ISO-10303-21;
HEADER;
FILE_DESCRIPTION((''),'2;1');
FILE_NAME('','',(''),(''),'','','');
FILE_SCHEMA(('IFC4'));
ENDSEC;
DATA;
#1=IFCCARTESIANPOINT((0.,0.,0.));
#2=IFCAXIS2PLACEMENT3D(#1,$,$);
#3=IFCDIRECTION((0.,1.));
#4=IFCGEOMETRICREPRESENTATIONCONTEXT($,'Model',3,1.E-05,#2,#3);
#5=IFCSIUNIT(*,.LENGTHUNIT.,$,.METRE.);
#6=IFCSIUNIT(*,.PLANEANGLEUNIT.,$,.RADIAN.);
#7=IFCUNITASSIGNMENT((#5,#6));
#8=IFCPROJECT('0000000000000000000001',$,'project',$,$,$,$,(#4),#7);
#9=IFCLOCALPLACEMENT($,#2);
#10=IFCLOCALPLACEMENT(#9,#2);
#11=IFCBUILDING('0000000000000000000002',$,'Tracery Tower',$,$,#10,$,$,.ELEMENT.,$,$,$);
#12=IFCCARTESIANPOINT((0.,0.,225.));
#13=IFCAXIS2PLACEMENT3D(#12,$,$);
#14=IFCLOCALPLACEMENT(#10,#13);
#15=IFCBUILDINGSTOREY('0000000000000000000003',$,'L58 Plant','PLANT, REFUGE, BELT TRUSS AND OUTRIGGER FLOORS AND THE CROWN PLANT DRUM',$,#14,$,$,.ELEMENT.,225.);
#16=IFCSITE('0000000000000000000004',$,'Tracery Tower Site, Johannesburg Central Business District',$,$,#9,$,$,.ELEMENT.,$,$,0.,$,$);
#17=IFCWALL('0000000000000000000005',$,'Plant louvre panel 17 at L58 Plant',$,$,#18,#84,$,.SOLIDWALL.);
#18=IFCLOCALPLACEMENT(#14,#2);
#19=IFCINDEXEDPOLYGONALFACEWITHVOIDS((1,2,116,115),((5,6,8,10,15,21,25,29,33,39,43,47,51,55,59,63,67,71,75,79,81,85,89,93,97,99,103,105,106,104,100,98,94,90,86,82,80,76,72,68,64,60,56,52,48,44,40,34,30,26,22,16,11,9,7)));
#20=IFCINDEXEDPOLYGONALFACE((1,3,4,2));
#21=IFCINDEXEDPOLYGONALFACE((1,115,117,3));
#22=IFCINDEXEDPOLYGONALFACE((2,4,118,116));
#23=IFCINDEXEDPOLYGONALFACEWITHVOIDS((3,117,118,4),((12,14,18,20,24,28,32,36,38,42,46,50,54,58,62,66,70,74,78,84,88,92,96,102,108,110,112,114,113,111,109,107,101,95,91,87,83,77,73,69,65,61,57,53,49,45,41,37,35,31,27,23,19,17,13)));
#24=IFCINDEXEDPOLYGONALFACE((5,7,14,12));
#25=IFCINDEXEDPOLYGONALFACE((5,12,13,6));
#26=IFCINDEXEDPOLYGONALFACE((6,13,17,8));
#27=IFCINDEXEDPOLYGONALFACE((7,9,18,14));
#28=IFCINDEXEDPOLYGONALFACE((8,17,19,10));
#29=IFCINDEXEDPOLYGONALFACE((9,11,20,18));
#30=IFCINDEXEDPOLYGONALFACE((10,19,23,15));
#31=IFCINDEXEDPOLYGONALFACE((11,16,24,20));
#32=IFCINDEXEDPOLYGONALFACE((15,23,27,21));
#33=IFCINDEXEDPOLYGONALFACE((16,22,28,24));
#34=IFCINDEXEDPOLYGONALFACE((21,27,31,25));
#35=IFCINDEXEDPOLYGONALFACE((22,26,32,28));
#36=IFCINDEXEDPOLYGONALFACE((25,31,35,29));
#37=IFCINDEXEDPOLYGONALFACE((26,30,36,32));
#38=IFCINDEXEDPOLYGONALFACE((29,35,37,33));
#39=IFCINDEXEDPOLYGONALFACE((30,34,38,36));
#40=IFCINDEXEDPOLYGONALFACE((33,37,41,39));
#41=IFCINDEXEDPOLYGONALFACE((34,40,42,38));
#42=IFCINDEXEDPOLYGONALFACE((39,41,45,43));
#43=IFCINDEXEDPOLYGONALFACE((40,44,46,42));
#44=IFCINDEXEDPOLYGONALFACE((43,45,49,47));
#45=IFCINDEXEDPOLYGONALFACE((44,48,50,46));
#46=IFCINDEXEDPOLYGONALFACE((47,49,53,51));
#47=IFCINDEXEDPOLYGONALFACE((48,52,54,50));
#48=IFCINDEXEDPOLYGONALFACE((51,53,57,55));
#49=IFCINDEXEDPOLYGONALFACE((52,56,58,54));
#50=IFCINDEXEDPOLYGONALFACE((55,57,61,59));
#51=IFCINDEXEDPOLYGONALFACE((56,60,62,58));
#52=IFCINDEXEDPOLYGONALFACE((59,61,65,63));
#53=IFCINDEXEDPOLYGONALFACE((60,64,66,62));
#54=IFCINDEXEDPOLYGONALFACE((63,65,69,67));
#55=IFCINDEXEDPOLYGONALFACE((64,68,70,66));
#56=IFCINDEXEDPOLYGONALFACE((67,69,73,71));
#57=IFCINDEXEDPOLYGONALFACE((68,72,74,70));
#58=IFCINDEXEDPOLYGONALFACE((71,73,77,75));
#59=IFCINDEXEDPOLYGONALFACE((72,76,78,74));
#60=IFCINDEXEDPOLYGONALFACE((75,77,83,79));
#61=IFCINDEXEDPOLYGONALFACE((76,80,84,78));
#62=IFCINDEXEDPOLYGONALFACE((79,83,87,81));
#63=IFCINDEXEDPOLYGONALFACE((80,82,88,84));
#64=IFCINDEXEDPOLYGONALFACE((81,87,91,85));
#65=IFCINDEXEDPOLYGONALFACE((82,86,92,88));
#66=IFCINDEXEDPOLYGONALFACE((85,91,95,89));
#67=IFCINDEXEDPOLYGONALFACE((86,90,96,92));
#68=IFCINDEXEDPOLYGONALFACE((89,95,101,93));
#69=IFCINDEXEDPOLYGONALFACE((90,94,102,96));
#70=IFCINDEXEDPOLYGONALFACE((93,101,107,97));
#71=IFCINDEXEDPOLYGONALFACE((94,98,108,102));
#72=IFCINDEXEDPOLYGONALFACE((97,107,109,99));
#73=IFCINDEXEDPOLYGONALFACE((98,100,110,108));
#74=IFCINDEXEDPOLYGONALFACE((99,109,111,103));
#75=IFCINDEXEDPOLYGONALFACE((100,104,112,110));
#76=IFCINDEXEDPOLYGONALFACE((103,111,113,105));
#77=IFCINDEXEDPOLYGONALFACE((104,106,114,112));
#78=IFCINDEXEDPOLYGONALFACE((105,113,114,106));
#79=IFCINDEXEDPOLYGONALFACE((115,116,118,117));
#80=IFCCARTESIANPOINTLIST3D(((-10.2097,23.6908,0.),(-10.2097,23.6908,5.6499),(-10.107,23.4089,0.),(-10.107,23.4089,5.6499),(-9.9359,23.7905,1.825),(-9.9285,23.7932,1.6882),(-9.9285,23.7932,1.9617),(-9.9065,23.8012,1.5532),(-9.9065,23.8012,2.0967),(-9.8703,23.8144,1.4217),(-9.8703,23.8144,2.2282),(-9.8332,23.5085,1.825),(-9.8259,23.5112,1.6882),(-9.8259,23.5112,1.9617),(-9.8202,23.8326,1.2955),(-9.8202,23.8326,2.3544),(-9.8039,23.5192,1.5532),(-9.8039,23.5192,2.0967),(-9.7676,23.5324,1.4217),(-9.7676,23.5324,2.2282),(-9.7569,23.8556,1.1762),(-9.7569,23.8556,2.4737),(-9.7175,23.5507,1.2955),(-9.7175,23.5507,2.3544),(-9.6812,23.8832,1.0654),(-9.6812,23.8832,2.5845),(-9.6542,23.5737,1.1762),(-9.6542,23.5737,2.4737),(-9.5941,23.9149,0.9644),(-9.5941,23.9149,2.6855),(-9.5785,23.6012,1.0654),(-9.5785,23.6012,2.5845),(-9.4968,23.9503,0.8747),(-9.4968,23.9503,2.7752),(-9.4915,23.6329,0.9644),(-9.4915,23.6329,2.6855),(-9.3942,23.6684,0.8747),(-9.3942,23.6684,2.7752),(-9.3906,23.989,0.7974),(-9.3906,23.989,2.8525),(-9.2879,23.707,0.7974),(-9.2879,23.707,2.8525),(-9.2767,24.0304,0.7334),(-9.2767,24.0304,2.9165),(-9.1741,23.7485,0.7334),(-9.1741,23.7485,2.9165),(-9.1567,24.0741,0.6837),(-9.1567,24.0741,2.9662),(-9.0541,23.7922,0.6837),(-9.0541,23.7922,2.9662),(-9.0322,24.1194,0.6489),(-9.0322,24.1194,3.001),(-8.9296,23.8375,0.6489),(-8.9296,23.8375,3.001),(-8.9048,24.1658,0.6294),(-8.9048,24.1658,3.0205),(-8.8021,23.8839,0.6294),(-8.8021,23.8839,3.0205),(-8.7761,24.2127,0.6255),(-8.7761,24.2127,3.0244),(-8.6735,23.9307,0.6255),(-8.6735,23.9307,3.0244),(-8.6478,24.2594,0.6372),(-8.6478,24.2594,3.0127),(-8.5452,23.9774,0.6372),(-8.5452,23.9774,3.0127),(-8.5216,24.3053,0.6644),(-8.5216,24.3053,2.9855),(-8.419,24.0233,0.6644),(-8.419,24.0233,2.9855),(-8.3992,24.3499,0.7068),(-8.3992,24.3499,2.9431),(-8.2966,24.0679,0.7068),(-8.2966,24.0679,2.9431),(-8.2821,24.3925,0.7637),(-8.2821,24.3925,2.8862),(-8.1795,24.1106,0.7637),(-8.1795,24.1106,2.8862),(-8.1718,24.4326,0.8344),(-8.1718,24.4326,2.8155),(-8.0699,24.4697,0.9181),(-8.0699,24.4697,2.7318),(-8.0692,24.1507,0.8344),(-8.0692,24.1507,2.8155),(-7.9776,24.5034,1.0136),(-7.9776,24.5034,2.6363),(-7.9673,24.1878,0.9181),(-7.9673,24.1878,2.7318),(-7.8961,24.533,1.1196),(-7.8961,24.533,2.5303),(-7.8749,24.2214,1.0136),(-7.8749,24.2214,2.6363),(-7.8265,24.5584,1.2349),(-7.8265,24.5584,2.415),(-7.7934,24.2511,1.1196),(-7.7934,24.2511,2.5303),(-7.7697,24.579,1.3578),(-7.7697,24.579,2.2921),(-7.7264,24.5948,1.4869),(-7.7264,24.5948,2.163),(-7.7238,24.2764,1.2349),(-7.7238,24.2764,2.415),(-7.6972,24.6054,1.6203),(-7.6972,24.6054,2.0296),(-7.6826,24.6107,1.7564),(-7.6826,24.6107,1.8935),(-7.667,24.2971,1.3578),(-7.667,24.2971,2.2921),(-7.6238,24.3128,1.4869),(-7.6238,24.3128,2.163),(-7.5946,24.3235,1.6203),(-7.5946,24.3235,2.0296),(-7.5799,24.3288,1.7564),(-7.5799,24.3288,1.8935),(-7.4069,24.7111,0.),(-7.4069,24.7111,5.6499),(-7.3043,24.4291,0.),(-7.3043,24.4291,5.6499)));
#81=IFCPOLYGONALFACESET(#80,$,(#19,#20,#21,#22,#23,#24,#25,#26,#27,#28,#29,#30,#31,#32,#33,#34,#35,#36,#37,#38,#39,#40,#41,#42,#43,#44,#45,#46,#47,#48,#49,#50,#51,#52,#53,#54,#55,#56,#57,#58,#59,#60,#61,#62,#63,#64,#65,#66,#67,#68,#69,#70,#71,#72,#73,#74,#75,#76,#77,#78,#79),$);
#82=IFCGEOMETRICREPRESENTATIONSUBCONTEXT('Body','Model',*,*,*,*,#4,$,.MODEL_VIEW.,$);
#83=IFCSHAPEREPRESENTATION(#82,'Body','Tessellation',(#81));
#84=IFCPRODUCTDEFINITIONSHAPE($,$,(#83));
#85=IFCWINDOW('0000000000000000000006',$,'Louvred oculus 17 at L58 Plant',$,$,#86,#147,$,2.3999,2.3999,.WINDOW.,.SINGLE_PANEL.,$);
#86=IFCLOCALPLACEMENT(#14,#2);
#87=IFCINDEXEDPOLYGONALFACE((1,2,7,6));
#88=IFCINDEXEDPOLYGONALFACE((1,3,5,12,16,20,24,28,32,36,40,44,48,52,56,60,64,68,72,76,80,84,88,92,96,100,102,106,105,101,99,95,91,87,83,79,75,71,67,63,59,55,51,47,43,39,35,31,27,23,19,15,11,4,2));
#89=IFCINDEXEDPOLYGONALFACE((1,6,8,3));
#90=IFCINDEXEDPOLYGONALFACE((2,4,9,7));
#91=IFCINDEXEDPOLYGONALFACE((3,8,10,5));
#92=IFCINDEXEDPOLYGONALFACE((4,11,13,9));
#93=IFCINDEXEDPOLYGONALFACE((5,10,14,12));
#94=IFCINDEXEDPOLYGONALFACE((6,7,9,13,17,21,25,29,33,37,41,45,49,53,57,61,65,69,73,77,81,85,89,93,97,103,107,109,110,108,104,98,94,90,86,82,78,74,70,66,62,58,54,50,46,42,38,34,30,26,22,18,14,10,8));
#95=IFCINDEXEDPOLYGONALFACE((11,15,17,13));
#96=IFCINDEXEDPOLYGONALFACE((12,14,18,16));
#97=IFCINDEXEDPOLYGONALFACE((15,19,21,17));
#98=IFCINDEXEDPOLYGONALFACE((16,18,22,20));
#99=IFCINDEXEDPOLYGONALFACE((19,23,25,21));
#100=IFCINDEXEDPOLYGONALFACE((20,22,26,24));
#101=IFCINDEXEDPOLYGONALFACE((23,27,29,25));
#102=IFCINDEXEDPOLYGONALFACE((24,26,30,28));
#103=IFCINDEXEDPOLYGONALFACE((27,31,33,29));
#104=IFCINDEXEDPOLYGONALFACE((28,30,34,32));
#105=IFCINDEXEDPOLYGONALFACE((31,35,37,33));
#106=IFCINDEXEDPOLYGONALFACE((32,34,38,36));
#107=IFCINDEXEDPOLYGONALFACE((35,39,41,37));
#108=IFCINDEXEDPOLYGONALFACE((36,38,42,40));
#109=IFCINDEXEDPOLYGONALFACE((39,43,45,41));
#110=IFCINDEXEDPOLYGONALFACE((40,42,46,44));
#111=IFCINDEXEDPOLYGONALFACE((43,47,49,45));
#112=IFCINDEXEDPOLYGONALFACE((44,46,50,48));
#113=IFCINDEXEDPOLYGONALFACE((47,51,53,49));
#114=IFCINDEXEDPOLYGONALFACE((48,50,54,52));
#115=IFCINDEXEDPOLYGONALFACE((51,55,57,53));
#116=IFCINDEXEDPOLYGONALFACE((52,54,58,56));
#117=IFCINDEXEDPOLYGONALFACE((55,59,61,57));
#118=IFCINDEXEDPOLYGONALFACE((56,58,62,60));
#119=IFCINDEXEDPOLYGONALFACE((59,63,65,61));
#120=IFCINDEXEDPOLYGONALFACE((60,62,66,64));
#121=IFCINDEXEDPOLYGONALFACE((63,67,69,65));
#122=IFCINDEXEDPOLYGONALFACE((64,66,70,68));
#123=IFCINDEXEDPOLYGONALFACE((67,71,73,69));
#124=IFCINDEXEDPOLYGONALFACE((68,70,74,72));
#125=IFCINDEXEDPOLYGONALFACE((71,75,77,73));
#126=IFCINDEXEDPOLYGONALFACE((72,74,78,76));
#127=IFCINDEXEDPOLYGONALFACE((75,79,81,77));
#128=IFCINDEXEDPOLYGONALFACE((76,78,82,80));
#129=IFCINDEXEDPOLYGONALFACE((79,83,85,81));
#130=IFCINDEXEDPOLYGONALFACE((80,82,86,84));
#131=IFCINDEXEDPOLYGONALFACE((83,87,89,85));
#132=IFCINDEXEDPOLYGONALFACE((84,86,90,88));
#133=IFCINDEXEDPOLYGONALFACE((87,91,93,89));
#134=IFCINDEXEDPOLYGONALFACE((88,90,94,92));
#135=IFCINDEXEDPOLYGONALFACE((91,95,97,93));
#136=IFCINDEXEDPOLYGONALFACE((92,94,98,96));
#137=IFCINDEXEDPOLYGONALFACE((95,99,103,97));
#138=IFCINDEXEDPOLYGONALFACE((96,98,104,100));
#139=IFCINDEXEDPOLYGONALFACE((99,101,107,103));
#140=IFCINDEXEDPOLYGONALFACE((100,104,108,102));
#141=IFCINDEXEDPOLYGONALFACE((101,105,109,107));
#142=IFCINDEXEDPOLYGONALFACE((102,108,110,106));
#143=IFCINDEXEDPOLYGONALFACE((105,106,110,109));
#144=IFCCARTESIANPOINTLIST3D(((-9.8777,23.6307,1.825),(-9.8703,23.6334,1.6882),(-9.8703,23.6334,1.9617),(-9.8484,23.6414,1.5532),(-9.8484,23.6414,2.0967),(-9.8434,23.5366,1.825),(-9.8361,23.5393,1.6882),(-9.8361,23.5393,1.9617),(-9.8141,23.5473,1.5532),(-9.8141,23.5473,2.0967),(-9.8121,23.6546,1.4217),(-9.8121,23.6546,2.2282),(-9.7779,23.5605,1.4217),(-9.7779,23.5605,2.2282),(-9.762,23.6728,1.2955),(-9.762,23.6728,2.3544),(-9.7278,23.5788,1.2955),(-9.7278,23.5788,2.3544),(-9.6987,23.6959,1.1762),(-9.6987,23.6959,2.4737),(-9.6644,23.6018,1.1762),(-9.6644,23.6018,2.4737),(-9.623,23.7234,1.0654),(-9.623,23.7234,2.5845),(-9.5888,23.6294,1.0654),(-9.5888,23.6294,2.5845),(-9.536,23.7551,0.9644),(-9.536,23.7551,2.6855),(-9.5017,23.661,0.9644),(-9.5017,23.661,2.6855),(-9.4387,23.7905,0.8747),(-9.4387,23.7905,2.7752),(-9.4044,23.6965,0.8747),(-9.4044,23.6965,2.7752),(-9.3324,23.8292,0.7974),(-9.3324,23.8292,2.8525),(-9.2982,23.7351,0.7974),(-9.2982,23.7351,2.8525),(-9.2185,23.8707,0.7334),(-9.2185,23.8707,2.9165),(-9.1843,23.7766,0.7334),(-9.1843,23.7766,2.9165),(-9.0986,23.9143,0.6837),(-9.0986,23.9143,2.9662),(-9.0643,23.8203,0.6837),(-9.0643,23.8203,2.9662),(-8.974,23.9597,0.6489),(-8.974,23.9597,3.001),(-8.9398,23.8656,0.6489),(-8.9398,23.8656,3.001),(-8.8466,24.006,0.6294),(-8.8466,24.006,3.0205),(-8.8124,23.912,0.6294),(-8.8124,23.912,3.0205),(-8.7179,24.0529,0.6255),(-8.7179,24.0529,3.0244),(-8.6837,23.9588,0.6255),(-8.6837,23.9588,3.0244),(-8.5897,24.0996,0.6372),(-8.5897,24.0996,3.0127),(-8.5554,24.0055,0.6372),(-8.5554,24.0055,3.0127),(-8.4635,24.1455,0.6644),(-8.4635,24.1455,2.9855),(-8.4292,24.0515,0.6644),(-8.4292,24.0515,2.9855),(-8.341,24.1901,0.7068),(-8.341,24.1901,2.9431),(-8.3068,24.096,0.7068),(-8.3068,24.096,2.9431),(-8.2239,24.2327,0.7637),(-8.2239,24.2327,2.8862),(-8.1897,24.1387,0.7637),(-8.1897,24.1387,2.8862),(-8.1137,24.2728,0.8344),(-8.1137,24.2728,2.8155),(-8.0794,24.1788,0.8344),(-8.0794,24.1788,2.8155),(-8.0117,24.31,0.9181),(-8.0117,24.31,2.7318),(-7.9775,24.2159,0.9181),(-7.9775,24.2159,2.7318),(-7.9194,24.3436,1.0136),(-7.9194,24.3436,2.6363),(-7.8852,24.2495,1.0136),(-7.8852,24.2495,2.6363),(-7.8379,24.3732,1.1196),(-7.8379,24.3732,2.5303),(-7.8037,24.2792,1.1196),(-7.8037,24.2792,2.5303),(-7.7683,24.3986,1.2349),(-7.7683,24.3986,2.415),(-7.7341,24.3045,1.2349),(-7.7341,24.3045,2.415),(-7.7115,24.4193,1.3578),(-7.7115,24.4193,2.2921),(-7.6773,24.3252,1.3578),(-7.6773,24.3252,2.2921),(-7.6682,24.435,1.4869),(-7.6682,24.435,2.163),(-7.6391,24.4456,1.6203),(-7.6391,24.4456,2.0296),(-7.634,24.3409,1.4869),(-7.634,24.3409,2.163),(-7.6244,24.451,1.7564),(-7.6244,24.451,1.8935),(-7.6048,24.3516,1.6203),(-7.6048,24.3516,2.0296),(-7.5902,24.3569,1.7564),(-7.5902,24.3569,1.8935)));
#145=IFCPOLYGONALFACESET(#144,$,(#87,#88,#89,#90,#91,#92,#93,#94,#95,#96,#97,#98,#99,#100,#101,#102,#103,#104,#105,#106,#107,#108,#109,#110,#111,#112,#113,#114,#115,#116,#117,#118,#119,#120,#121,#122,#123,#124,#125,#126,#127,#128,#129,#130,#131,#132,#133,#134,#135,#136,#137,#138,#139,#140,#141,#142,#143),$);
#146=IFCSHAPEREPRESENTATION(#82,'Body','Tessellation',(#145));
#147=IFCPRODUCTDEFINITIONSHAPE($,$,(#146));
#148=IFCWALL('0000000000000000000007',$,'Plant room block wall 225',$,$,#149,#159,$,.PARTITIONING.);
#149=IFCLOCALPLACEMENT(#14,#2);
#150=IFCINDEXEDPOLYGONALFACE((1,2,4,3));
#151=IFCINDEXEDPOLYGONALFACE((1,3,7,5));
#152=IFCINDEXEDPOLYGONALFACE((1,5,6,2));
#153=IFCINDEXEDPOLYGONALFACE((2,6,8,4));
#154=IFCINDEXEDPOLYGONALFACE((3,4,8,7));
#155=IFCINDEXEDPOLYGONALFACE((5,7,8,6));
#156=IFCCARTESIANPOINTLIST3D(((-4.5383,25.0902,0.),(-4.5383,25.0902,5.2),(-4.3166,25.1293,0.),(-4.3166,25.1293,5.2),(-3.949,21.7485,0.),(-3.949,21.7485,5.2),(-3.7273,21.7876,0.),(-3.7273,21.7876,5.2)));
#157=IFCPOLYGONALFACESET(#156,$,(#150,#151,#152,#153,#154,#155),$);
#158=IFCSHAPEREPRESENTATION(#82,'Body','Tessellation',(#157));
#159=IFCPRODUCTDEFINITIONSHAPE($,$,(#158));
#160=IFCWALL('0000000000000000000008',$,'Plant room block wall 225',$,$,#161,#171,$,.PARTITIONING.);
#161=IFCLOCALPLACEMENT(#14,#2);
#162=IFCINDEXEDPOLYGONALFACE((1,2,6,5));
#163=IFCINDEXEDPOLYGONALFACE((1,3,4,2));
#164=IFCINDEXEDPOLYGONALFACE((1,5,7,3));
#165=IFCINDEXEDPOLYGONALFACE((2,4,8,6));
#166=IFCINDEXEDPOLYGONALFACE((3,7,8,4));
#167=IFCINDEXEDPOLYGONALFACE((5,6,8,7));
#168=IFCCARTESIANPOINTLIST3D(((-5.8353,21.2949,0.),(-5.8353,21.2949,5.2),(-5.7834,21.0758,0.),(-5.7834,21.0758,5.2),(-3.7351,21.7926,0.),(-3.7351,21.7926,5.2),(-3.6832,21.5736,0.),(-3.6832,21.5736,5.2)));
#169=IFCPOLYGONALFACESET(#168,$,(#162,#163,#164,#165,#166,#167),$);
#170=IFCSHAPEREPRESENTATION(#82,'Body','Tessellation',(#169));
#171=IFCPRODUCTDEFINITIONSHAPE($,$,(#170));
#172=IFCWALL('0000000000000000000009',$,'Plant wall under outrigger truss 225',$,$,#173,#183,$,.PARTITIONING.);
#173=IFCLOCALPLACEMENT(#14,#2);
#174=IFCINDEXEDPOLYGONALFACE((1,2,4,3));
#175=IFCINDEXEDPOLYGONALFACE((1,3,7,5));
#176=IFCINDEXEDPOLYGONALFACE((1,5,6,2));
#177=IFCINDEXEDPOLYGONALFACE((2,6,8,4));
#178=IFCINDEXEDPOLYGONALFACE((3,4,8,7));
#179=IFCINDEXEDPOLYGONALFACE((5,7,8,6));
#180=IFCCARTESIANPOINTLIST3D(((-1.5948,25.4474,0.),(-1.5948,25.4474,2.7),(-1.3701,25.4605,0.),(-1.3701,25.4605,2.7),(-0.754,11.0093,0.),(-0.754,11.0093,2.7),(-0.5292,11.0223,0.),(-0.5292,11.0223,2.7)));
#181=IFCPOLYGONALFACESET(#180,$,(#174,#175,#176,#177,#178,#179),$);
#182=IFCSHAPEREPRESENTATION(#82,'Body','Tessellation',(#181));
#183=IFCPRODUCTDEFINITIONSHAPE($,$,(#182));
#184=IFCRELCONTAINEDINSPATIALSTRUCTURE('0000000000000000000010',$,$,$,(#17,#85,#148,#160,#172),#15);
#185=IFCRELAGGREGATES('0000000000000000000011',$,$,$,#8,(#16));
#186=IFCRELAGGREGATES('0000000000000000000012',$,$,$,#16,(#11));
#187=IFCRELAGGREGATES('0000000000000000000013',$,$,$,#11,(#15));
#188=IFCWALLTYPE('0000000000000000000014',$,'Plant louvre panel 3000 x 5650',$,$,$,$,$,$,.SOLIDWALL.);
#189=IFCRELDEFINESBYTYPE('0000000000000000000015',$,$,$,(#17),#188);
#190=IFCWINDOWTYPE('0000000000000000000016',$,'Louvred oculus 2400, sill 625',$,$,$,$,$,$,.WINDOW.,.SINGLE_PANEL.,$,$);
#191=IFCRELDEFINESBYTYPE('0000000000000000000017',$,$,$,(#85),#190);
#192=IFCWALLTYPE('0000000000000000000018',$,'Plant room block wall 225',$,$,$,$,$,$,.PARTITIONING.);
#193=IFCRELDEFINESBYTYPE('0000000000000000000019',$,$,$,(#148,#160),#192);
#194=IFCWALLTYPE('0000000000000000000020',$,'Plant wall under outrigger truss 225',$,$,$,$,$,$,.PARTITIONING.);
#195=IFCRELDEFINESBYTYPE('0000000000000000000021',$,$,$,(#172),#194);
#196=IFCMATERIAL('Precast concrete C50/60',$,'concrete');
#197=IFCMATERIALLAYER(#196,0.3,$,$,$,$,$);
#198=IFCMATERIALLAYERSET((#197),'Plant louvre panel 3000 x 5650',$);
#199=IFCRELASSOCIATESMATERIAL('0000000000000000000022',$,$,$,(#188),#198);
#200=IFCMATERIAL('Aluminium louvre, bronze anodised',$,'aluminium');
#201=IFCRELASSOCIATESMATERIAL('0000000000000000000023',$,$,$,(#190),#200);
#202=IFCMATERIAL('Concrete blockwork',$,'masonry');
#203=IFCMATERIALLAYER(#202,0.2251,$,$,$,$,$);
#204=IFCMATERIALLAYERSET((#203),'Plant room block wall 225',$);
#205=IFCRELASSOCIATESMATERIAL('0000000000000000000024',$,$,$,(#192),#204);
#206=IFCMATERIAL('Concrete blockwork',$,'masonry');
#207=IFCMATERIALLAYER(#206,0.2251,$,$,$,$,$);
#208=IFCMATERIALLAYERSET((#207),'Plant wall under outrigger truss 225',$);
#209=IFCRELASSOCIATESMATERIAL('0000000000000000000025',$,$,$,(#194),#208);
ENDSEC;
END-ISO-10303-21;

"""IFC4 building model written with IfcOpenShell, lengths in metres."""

from ifc_helpers import new_model, si_unit, direction, frame, frame_2d, origin, origin_2d, place, context, subcontext, project, spatial, rectangle, circle, extrude, material, layer, layer_set, type_object, element, fill, save


model = new_model("IFC4")

# Units and contexts
model_context = context("Model", 3, precision=1e-05, world=origin(), true_north=direction((0.0, 1.0)))
body_context = subcontext(model_context, "Body", "Model", "MODEL_VIEW")
ifc_project = project(units=[si_unit("LENGTHUNIT", "METRE"), si_unit("PLANEANGLEUNIT", "RADIAN")], contexts=[model_context])

# Site, building, storey
site_placement = place(None, origin())
site = spatial("IfcSite", under=ifc_project, at=site_placement, Name="Tracery Tower Site, Johannesburg Central Business District", CompositionType="ELEMENT", RefElevation=0.0)
building_placement = place(site_placement, origin())
building = spatial("IfcBuilding", under=site, at=building_placement, Name="Tracery Tower", CompositionType="ELEMENT")
storey_placement = place(building_placement, frame((0.0, 0.0, 225.0)))
storey = spatial("IfcBuildingStorey", under=building, at=storey_placement, Name="L58 Plant", Description="PLANT, REFUGE, BELT TRUSS AND OUTRIGGER FLOORS AND THE CROWN PLANT DRUM", CompositionType="ELEMENT", Elevation=225.0)

# Wall, opening, window
ifc_material_1 = material(Name="Precast concrete C50/60", Category="concrete")
ifc_layer_1 = layer(ifc_material_1, 0.3)
ifc_layer_set_1 = layer_set([ifc_layer_1], Name="Plant louvre panel 3000 x 5650")
wall_type_1 = type_object("IfcWallType", Name="Plant louvre panel 3000 x 5650", PredefinedType="SOLIDWALL", material=ifc_layer_set_1)
ifc_material_2 = material(Name="Aluminium louvre, bronze anodised", Category="aluminium")
window_type = type_object("IfcWindowType", Name="Louvred oculus 2400, sill 625", PartitioningType="SINGLE_PANEL", PredefinedType="WINDOW", material=ifc_material_2)
wall_1_placement = place(storey_placement, frame((-7.3557, 24.5701, 0.0), z_axis=(0.0, 0.0, 1.0), x_axis=(-0.939676, -0.342065, 0.0)))
wall_1 = element("IfcWall", 1, at=wall_1_placement, inside=storey, type_object=wall_type_1, Name="Plant louvre panel 17 at L58 Plant", PredefinedType="SOLIDWALL", context=body_context, shape_type="SweptSolid", body=[
    extrude(rectangle(XDim=2.9827, YDim=0.3, at=frame_2d((1.4912, 0.0))), origin(), (0.0, 0.0, 1.0), 5.6499),
])
opening_1_placement = place(wall_1_placement, frame((1.4912, 0.0, 1.825)))
opening_1 = element("IfcOpeningElement", 2, at=opening_1_placement, cuts=wall_1, PredefinedType="OPENING", context=body_context, shape_type="SweptSolid", body=[
    extrude(circle(Radius=1.2, at=origin_2d()), frame((0.0, 0.1599, 0.0), z_axis=(0.0, -1.0, 0.0), x_axis=(1.0, 0.0, 0.0)), (0.0, 0.0, 1.0), 0.3201),
])
window_1_placement = place(opening_1_placement, origin())
window_1 = element("IfcWindow", 3, at=window_1_placement, inside=storey, type_object=window_type, Name="Louvred oculus 17 at L58 Plant", OverallHeight=2.3999, OverallWidth=2.3999, PartitioningType="SINGLE_PANEL", PredefinedType="WINDOW", context=body_context, shape_type="SweptSolid", body=[
    extrude(circle(Radius=1.2, at=origin_2d()), frame((0.0, 0.1201, 0.0), z_axis=(0.0, -1.0, 0.0), x_axis=(1.0, 0.0, 0.0)), (0.0, 0.0, 1.0), 0.1001),
])
fill(opening_1, window_1)

# Walls
ifc_material_3 = material(Name="Concrete blockwork", Category="masonry")
ifc_layer_2 = layer(ifc_material_3, 0.2251)
ifc_layer_set_2 = layer_set([ifc_layer_2], Name="Plant room block wall 225")
wall_type_2 = type_object("IfcWallType", Name="Plant room block wall 225", PredefinedType="PARTITIONING", material=ifc_layer_set_2)
wall_2_placement = place(storey_placement, frame((-4.4275, 25.1099, 0.0), z_axis=(0.0, 0.0, 1.0), x_axis=(0.173679, -0.984802, 0.0)))
element("IfcWall", 4, at=wall_2_placement, inside=storey, type_object=wall_type_2, Name="Plant room block wall 225", PredefinedType="PARTITIONING", context=body_context, shape_type="SweptSolid", body=[
    extrude(rectangle(XDim=3.3933, YDim=0.2251, at=frame_2d((1.6968, 0.0))), origin(), (0.0, 0.0, 1.0), 5.2),
])
wall_3_placement = place(storey_placement, frame((-3.7092, 21.6831, 0.0), z_axis=(0.0, 0.0, 1.0), x_axis=(-0.973044, -0.230621, 0.0)))
element("IfcWall", 5, at=wall_3_placement, inside=storey, type_object=wall_type_2, Name="Plant room block wall 225", PredefinedType="PARTITIONING", context=body_context, shape_type="SweptSolid", body=[
    extrude(rectangle(XDim=2.1584, YDim=0.2251, at=frame_2d((1.0791, 0.0))), origin(), (0.0, 0.0, 1.0), 5.2),
])
ifc_material_4 = material(Name="Concrete blockwork", Category="masonry")
ifc_layer_3 = layer(ifc_material_4, 0.2251)
ifc_layer_set_3 = layer_set([ifc_layer_3], Name="Plant wall under outrigger truss 225")
wall_type_3 = type_object("IfcWallType", Name="Plant wall under outrigger truss 225", PredefinedType="PARTITIONING", material=ifc_layer_set_3)
wall_4_placement = place(storey_placement, frame((-1.4824, 25.4541, 0.0), z_axis=(0.0, 0.0, 1.0), x_axis=(0.058137, -0.998309, 0.0)))
element("IfcWall", 6, at=wall_4_placement, inside=storey, type_object=wall_type_3, Name="Plant wall under outrigger truss 225", PredefinedType="PARTITIONING", context=body_context, shape_type="SweptSolid", body=[
    extrude(rectangle(XDim=14.4626, YDim=0.2251, at=frame_2d((7.2314, 0.0))), origin(), (0.0, 0.0, 1.0), 2.7),
])

save(model, "model.ifc")
